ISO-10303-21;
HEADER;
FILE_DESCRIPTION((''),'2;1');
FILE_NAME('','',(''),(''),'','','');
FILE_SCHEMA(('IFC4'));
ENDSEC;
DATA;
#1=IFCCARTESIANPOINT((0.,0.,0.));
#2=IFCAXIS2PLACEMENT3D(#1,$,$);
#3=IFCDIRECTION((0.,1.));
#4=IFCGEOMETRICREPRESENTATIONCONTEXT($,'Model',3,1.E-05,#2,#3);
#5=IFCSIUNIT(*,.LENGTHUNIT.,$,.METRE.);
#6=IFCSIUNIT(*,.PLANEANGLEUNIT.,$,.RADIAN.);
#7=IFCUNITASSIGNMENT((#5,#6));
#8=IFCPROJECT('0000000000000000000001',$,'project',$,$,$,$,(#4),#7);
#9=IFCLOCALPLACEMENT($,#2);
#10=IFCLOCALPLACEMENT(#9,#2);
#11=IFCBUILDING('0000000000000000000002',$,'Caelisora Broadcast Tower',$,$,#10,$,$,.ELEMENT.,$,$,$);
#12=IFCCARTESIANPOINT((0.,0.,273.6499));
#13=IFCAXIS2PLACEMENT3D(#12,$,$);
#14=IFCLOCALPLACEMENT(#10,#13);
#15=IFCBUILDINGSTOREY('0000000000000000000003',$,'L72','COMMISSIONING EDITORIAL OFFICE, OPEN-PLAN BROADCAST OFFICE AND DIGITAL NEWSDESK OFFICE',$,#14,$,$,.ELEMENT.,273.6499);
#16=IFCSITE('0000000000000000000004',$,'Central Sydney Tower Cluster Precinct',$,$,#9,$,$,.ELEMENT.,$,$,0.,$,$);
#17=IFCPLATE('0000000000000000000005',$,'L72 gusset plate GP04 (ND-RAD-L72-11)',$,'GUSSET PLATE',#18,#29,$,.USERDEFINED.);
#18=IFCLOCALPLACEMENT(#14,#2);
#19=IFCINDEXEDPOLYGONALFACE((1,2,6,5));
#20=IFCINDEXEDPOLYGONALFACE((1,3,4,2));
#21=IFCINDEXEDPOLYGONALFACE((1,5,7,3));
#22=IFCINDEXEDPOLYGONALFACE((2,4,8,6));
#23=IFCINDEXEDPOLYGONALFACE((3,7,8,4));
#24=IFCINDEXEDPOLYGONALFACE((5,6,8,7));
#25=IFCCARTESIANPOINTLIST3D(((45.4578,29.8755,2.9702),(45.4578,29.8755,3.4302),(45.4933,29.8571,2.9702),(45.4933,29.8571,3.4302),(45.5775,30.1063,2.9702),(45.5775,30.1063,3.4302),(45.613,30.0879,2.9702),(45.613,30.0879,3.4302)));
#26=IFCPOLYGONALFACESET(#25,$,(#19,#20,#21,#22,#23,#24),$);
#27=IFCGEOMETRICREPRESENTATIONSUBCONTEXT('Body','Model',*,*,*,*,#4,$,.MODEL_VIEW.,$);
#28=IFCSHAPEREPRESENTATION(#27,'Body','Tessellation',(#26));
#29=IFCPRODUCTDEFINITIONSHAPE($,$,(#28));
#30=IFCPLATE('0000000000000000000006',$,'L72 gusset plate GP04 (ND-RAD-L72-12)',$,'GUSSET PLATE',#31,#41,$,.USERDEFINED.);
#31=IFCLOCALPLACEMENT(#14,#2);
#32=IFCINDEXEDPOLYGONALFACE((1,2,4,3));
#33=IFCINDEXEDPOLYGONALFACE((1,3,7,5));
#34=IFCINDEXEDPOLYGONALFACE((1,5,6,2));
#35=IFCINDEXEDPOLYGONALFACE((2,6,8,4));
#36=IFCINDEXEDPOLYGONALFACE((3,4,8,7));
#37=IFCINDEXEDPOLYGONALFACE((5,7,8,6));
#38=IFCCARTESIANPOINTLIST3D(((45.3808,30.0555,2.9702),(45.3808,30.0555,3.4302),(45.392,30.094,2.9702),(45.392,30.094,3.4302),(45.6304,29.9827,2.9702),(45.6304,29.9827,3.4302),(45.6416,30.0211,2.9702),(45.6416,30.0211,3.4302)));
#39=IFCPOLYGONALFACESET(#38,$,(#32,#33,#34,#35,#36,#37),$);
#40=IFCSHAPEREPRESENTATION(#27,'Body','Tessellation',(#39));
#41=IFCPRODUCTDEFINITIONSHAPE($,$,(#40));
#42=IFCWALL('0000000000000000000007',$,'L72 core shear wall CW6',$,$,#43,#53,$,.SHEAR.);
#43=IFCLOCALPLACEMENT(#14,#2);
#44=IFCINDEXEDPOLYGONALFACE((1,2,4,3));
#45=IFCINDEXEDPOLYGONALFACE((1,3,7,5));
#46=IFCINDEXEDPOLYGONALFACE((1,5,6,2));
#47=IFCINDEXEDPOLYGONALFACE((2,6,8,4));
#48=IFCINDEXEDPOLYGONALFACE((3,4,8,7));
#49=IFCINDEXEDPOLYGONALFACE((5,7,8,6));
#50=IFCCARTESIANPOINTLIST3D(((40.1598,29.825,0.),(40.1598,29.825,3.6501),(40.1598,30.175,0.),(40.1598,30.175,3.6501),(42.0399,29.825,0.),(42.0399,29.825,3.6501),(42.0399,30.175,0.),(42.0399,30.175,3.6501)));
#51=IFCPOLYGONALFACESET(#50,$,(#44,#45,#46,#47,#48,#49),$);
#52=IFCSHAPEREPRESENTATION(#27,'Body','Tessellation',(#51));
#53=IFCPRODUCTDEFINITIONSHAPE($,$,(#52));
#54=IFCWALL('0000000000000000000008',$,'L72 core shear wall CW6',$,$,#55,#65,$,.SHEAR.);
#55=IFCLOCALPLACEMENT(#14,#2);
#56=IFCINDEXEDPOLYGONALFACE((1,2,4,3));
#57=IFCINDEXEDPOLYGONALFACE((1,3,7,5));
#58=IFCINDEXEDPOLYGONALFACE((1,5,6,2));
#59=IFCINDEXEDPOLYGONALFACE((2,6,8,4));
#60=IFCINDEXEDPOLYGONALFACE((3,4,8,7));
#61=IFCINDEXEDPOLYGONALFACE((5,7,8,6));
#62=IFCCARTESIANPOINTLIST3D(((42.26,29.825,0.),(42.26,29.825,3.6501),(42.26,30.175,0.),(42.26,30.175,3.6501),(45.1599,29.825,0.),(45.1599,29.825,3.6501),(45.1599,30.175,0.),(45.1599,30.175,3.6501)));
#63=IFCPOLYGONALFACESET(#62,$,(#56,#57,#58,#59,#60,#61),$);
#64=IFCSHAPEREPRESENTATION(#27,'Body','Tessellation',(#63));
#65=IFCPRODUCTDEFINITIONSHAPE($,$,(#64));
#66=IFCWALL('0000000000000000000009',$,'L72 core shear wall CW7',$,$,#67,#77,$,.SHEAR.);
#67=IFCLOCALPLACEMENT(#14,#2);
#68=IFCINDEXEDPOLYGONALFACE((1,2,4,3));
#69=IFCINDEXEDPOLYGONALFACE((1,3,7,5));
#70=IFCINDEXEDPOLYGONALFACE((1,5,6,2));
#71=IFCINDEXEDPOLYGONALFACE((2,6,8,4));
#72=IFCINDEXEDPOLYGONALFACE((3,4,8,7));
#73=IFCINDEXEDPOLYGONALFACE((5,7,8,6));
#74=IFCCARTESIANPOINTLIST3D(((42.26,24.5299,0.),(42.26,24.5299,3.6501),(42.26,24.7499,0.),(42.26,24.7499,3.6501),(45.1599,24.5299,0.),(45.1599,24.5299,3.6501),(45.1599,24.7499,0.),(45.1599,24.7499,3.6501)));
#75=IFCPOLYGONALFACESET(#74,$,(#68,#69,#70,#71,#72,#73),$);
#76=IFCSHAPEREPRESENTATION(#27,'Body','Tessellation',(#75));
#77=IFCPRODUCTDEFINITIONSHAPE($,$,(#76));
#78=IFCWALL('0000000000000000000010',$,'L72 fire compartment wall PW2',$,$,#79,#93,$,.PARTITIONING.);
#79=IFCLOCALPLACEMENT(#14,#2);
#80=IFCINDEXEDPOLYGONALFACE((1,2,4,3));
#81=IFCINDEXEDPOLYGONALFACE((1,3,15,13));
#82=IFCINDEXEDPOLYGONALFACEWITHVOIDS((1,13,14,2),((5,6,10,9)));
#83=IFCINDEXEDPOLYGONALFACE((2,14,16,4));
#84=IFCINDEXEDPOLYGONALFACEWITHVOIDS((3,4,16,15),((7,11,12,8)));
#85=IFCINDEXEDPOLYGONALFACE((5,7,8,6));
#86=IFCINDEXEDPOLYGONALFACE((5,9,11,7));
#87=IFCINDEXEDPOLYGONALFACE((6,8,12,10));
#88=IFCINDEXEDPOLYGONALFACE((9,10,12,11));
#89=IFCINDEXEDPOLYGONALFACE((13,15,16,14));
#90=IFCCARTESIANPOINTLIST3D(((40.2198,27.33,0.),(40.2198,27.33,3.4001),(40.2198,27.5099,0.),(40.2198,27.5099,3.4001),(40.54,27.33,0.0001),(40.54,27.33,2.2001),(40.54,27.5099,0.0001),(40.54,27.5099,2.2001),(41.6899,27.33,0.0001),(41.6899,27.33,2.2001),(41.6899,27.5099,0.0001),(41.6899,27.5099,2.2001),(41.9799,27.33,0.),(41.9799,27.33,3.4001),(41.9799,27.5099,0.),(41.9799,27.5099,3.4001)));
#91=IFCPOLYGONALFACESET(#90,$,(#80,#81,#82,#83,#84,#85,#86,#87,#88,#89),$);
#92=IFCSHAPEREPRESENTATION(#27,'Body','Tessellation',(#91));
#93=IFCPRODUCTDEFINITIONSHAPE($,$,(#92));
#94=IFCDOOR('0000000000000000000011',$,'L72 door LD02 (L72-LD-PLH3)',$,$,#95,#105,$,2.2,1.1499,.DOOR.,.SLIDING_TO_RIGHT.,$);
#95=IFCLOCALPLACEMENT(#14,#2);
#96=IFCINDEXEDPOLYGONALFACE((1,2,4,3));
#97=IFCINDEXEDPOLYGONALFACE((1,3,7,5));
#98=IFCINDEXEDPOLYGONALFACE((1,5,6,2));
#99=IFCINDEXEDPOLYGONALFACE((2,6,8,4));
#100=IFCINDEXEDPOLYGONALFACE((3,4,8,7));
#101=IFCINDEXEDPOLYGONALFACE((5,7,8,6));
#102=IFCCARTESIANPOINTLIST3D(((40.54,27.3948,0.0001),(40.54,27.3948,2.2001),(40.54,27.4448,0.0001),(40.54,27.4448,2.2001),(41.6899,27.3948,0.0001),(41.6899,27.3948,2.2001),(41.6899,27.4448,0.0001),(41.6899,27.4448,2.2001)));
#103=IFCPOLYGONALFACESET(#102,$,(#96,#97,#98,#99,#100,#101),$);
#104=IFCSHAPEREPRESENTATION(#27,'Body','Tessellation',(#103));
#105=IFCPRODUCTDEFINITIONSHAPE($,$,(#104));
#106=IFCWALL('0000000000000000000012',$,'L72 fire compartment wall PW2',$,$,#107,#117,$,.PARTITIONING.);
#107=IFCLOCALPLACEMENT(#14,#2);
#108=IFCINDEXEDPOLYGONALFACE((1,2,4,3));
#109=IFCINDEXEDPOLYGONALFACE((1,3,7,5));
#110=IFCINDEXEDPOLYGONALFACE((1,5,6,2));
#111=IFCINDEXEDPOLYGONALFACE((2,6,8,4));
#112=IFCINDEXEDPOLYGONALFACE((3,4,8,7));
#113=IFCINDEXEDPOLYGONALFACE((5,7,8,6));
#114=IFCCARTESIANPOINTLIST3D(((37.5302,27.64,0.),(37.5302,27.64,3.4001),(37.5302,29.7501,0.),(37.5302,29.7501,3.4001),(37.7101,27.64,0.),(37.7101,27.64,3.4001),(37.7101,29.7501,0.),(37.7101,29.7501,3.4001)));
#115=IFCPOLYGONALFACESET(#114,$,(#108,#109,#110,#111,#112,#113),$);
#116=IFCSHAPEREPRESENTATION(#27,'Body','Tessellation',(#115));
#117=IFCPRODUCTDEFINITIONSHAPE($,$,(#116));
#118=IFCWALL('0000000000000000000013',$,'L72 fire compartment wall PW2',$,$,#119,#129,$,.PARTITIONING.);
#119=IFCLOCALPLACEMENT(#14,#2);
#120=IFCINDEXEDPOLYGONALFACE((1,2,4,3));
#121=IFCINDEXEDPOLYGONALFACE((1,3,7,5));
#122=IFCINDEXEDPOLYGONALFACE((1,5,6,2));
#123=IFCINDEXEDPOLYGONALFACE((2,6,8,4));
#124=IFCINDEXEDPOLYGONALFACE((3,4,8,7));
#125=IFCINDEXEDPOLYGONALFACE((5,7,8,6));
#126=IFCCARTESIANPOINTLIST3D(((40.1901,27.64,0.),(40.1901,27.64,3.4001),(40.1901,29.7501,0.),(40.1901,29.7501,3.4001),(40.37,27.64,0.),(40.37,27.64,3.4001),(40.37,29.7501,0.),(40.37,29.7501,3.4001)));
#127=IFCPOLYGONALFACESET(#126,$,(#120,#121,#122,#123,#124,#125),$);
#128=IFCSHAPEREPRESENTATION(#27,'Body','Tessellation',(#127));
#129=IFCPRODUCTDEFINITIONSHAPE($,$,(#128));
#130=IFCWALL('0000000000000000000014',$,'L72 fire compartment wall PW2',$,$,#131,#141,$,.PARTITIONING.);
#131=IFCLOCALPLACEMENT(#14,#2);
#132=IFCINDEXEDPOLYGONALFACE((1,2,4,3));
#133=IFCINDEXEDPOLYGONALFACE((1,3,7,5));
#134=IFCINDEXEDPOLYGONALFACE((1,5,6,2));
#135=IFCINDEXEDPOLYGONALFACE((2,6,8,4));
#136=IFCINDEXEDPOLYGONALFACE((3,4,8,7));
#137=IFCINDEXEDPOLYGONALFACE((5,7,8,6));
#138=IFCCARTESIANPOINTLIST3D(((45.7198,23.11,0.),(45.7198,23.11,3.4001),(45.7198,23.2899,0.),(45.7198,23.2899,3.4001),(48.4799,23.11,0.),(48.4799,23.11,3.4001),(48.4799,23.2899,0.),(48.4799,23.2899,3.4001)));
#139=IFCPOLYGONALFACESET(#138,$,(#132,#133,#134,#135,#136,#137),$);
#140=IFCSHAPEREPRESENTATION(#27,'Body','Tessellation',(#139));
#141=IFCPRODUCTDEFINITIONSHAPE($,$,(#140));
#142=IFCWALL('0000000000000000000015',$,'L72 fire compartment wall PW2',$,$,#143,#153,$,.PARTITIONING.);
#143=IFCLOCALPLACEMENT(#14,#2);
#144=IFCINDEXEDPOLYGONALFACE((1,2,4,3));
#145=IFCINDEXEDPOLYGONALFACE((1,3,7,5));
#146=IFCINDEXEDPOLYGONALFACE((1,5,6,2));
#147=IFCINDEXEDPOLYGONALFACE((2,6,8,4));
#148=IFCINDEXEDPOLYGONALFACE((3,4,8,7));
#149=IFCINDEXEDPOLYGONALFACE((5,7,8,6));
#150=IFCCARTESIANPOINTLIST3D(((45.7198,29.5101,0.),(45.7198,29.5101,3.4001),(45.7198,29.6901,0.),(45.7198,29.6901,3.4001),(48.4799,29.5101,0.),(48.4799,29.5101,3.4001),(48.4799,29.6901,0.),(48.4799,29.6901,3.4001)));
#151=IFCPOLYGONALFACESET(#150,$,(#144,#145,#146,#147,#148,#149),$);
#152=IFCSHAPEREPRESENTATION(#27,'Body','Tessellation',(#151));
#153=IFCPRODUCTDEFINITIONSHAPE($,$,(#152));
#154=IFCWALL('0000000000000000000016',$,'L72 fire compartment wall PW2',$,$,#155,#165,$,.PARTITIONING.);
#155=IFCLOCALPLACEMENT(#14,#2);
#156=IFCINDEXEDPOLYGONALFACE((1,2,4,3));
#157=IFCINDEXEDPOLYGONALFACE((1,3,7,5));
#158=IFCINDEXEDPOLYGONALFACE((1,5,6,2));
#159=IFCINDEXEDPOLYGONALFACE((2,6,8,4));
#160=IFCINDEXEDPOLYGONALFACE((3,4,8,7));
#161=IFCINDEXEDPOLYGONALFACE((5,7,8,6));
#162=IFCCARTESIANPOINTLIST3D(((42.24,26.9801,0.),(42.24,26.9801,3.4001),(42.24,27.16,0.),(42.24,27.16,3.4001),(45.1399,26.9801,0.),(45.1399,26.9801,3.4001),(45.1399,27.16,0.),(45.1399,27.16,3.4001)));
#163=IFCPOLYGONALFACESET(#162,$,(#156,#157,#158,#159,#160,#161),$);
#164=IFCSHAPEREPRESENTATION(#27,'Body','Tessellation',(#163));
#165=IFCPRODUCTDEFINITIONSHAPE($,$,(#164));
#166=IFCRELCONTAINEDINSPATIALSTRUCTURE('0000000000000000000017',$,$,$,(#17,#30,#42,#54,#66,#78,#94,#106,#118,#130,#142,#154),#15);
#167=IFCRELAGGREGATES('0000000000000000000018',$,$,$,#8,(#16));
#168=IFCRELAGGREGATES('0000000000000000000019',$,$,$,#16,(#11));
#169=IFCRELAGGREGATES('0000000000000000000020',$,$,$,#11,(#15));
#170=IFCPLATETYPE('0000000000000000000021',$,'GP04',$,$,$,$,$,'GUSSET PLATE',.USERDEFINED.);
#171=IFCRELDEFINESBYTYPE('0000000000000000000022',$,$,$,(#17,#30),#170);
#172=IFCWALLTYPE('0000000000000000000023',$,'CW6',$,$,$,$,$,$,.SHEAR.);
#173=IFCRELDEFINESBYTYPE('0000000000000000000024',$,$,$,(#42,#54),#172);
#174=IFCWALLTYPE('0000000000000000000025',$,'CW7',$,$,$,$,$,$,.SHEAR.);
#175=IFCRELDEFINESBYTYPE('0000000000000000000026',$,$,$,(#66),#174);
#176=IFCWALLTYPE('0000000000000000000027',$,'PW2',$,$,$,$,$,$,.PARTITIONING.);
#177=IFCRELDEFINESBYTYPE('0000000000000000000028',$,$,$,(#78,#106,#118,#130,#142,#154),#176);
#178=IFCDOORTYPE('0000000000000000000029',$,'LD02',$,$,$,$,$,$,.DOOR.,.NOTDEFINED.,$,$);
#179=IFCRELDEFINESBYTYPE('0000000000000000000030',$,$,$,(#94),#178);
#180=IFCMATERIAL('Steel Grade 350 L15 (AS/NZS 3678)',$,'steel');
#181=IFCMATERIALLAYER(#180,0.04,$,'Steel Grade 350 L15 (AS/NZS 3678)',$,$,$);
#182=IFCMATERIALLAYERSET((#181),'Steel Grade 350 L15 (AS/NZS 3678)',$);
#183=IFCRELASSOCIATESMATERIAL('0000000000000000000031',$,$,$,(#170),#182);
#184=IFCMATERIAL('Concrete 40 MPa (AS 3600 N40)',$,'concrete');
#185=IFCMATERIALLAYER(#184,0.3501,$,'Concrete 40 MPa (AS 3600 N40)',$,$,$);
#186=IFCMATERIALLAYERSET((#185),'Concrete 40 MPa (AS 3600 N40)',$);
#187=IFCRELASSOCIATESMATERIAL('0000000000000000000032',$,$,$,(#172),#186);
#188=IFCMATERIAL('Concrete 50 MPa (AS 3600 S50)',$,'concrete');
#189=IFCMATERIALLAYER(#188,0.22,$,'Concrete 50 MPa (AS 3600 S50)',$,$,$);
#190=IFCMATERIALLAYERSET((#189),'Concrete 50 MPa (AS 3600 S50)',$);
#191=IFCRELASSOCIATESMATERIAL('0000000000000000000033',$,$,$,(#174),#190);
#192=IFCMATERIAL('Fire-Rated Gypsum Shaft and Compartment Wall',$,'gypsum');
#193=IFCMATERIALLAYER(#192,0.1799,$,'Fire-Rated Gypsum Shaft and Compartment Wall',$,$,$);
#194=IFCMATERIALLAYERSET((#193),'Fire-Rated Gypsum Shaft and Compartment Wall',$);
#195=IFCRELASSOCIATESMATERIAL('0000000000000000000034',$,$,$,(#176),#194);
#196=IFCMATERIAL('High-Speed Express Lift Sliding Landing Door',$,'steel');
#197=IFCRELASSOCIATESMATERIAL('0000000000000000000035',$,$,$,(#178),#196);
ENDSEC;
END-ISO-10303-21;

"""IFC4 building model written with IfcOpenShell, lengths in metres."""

from ifc_helpers import new_model, si_unit, direction, frame, frame_2d, origin, origin_2d, place, context, subcontext, project, spatial, rectangle, extrude, source, transform, mapped, material, layer, layer_set, type_object, type_shapes, element, fill, save


model = new_model("IFC4")

# Units and contexts
model_context = context("Model", 3, precision=1e-05, world=origin(), true_north=direction((0.0, 1.0)))
body_context = subcontext(model_context, "Body", "Model", "MODEL_VIEW")
ifc_project = project(units=[si_unit("LENGTHUNIT", "METRE"), si_unit("PLANEANGLEUNIT", "RADIAN")], contexts=[model_context])

# Site, building, storey
site_placement = place(None, origin())
site = spatial("IfcSite", under=ifc_project, at=site_placement, Name="Central Sydney Tower Cluster Precinct", CompositionType="ELEMENT", RefElevation=0.0)
building_placement = place(site_placement, origin())
building = spatial("IfcBuilding", under=site, at=building_placement, Name="Caelisora Broadcast Tower", CompositionType="ELEMENT")
storey_placement = place(building_placement, frame((0.0, 0.0, 273.6499)))
storey = spatial("IfcBuildingStorey", under=building, at=storey_placement, Name="L72", Description="COMMISSIONING EDITORIAL OFFICE, OPEN-PLAN BROADCAST OFFICE AND DIGITAL NEWSDESK OFFICE", CompositionType="ELEMENT", Elevation=273.6499)

# Shared definitions
ifc_material_1 = material(Name="Concrete 50 MPa (AS 3600 S50)", Category="concrete")

# Plates
ifc_material_2 = material(Name="Steel Grade 350 L15 (AS/NZS 3678)", Category="steel")
ifc_layer_1 = layer(ifc_material_2, 0.04, Name="Steel Grade 350 L15 (AS/NZS 3678)")
ifc_layer_set_1 = layer_set([ifc_layer_1], Name="Steel Grade 350 L15 (AS/NZS 3678)")
plate_type = type_object("IfcPlateType", Name="GP04", ElementType="GUSSET PLATE", PredefinedType="USERDEFINED", material=ifc_layer_set_1)
shared_shape_1 = source(origin(), body_context, "Body", "SweptSolid", [
    extrude(rectangle(XDim=0.26, YDim=0.04, at=origin_2d()), origin(), (0.0, 0.0, 1.0), 0.46),
])
type_shapes(plate_type, [shared_shape_1])
for number, where, z_axis, x_axis, name in (
    (1, (45.5354, 29.9817, 2.9702), (0.0, 0.0, 1.0), (0.460355, 0.887735, 0.0), "L72 gusset plate GP04 (ND-RAD-L72-11)"),
    (2, (45.5112, 30.0383, 2.9702), (0.0, 0.0, 1.0), (-0.959952, 0.280164, 0.0), "L72 gusset plate GP04 (ND-RAD-L72-12)"),
):
    element("IfcPlate", number, at=place(storey_placement, frame(where, z_axis=z_axis, x_axis=x_axis)), inside=storey, type_object=plate_type, Name=name, ObjectType="GUSSET PLATE", PredefinedType="USERDEFINED", context=body_context, shape_type="MappedRepresentation", body=[
        mapped(shared_shape_1, transform((0.0, 0.0, 0.0), scale=1.0)),
    ])

# Walls
ifc_material_3 = material(Name="Concrete 40 MPa (AS 3600 N40)", Category="concrete")
ifc_layer_2 = layer(ifc_material_3, 0.3501, Name="Concrete 40 MPa (AS 3600 N40)")
ifc_layer_set_2 = layer_set([ifc_layer_2], Name="Concrete 40 MPa (AS 3600 N40)")
wall_type_1 = type_object("IfcWallType", Name="CW6", PredefinedType="SHEAR", material=ifc_layer_set_2)
wall_1_placement = place(storey_placement, frame((40.1599, 30.0, 0.0), z_axis=(0.0, 0.0, 1.0), x_axis=(1.0, 0.0, 0.0)))
element("IfcWall", 3, at=wall_1_placement, inside=storey, type_object=wall_type_1, Name="L72 core shear wall CW6", PredefinedType="SHEAR", context=body_context, shape_type="SweptSolid", body=[
    extrude(rectangle(XDim=1.8801, YDim=0.3501, at=frame_2d((0.9399, 0.0))), origin(), (0.0, 0.0, 1.0), 3.6501),
])
wall_2_placement = place(storey_placement, frame((42.26, 30.0, 0.0), z_axis=(0.0, 0.0, 1.0), x_axis=(1.0, 0.0, 0.0)))
element("IfcWall", 4, at=wall_2_placement, inside=storey, type_object=wall_type_1, Name="L72 core shear wall CW6", PredefinedType="SHEAR", context=body_context, shape_type="SweptSolid", body=[
    extrude(rectangle(XDim=2.8999, YDim=0.3501, at=frame_2d((1.45, 0.0))), origin(), (0.0, 0.0, 1.0), 3.6501),
])
ifc_layer_3 = layer(ifc_material_1, 0.22, Name="Concrete 50 MPa (AS 3600 S50)")
ifc_layer_set_3 = layer_set([ifc_layer_3], Name="Concrete 50 MPa (AS 3600 S50)")
wall_type_2 = type_object("IfcWallType", Name="CW7", PredefinedType="SHEAR", material=ifc_layer_set_3)
wall_3_placement = place(storey_placement, frame((42.26, 24.6399, 0.0), z_axis=(0.0, 0.0, 1.0), x_axis=(1.0, 0.0, 0.0)))
element("IfcWall", 5, at=wall_3_placement, inside=storey, type_object=wall_type_2, Name="L72 core shear wall CW7", PredefinedType="SHEAR", context=body_context, shape_type="SweptSolid", body=[
    extrude(rectangle(XDim=2.8999, YDim=0.22, at=frame_2d((1.45, 0.0))), origin(), (0.0, 0.0, 1.0), 3.6501),
])

# Wall, opening, door
ifc_material_4 = material(Name="Fire-Rated Gypsum Shaft and Compartment Wall", Category="gypsum")
ifc_layer_4 = layer(ifc_material_4, 0.1799, Name="Fire-Rated Gypsum Shaft and Compartment Wall")
ifc_layer_set_4 = layer_set([ifc_layer_4], Name="Fire-Rated Gypsum Shaft and Compartment Wall")
wall_type_3 = type_object("IfcWallType", Name="PW2", PredefinedType="PARTITIONING", material=ifc_layer_set_4)
wall_4_placement = place(storey_placement, frame((40.22, 27.4199, 0.0), z_axis=(0.0, 0.0, 1.0), x_axis=(1.0, 0.0, 0.0)))
wall_4 = element("IfcWall", 6, at=wall_4_placement, inside=storey, type_object=wall_type_3, Name="L72 fire compartment wall PW2", PredefinedType="PARTITIONING", context=body_context, shape_type="SweptSolid", body=[
    extrude(rectangle(XDim=1.76, YDim=0.1799, at=frame_2d((0.8799, 0.0))), origin(), (0.0, 0.0, 1.0), 3.4001),
])
opening_placement = place(wall_4_placement, frame((0.3201, 0.0, 0.0)))
opening = element("IfcOpeningElement", 7, at=opening_placement, cuts=wall_4, PredefinedType="OPENING", context=body_context, shape_type="SweptSolid", body=[
    extrude(rectangle(XDim=1.1499, YDim=2.2, at=frame_2d((0.575, 1.1001))), frame((0.0, 0.1021, 0.0), z_axis=(0.0, -1.0, 0.0), x_axis=(1.0, 0.0, 0.0)), (0.0, 0.0, 1.0), 0.2039),
])
ifc_material_5 = material(Name="High-Speed Express Lift Sliding Landing Door", Category="steel")
door_type = type_object("IfcDoorType", Name="LD02", OperationType="NOTDEFINED", PredefinedType="DOOR", material=ifc_material_5)
door_placement = place(opening_placement, origin())
door = element("IfcDoor", 8, at=door_placement, inside=storey, type_object=door_type, Name="L72 door LD02 (L72-LD-PLH3)", OperationType="SLIDING_TO_RIGHT", OverallHeight=2.2, OverallWidth=1.1499, PredefinedType="DOOR", context=body_context, shape_type="SweptSolid", body=[
    extrude(rectangle(XDim=1.1499, YDim=2.2, at=frame_2d((0.575, 1.1001))), frame((0.0, 0.0249, 0.0), z_axis=(0.0, -1.0, 0.0), x_axis=(1.0, 0.0, 0.0)), (0.0, 0.0, 1.0), 0.05),
])
fill(opening, door)

# Walls
for number, where, z_axis, x_axis, name in (
    (9, (37.6201, 27.6399, 0.0), (0.0, 0.0, 1.0), (0.0, 1.0, 0.0), "L72 fire compartment wall PW2"),
    (10, (40.28, 27.6399, 0.0), (0.0, 0.0, 1.0), (0.0, 1.0, 0.0), "L72 fire compartment wall PW2"),
):
    element("IfcWall", number, at=place(storey_placement, frame(where, z_axis=z_axis, x_axis=x_axis)), inside=storey, type_object=wall_type_3, Name=name, PredefinedType="PARTITIONING", context=body_context, shape_type="SweptSolid", body=[
        extrude(rectangle(XDim=2.1101, YDim=0.1799, at=frame_2d((1.0552, 0.0))), origin(), (0.0, 0.0, 1.0), 3.4001),
    ])
for number, where, z_axis, x_axis, name in (
    (11, (45.72, 23.2, 0.0), (0.0, 0.0, 1.0), (1.0, 0.0, 0.0), "L72 fire compartment wall PW2"),
    (12, (45.72, 29.6001, 0.0), (0.0, 0.0, 1.0), (1.0, 0.0, 0.0), "L72 fire compartment wall PW2"),
):
    element("IfcWall", number, at=place(storey_placement, frame(where, z_axis=z_axis, x_axis=x_axis)), inside=storey, type_object=wall_type_3, Name=name, PredefinedType="PARTITIONING", context=body_context, shape_type="SweptSolid", body=[
        extrude(rectangle(XDim=2.76, YDim=0.1799, at=frame_2d((1.3799, 0.0))), origin(), (0.0, 0.0, 1.0), 3.4001),
    ])
wall_5_placement = place(storey_placement, frame((42.24, 27.0701, 0.0), z_axis=(0.0, 0.0, 1.0), x_axis=(1.0, 0.0, 0.0)))
element("IfcWall", 13, at=wall_5_placement, inside=storey, type_object=wall_type_3, Name="L72 fire compartment wall PW2", PredefinedType="PARTITIONING", context=body_context, shape_type="SweptSolid", body=[
    extrude(rectangle(XDim=2.8999, YDim=0.1799, at=frame_2d((1.45, 0.0))), origin(), (0.0, 0.0, 1.0), 3.4001),
])

save(model, "model.ifc")
